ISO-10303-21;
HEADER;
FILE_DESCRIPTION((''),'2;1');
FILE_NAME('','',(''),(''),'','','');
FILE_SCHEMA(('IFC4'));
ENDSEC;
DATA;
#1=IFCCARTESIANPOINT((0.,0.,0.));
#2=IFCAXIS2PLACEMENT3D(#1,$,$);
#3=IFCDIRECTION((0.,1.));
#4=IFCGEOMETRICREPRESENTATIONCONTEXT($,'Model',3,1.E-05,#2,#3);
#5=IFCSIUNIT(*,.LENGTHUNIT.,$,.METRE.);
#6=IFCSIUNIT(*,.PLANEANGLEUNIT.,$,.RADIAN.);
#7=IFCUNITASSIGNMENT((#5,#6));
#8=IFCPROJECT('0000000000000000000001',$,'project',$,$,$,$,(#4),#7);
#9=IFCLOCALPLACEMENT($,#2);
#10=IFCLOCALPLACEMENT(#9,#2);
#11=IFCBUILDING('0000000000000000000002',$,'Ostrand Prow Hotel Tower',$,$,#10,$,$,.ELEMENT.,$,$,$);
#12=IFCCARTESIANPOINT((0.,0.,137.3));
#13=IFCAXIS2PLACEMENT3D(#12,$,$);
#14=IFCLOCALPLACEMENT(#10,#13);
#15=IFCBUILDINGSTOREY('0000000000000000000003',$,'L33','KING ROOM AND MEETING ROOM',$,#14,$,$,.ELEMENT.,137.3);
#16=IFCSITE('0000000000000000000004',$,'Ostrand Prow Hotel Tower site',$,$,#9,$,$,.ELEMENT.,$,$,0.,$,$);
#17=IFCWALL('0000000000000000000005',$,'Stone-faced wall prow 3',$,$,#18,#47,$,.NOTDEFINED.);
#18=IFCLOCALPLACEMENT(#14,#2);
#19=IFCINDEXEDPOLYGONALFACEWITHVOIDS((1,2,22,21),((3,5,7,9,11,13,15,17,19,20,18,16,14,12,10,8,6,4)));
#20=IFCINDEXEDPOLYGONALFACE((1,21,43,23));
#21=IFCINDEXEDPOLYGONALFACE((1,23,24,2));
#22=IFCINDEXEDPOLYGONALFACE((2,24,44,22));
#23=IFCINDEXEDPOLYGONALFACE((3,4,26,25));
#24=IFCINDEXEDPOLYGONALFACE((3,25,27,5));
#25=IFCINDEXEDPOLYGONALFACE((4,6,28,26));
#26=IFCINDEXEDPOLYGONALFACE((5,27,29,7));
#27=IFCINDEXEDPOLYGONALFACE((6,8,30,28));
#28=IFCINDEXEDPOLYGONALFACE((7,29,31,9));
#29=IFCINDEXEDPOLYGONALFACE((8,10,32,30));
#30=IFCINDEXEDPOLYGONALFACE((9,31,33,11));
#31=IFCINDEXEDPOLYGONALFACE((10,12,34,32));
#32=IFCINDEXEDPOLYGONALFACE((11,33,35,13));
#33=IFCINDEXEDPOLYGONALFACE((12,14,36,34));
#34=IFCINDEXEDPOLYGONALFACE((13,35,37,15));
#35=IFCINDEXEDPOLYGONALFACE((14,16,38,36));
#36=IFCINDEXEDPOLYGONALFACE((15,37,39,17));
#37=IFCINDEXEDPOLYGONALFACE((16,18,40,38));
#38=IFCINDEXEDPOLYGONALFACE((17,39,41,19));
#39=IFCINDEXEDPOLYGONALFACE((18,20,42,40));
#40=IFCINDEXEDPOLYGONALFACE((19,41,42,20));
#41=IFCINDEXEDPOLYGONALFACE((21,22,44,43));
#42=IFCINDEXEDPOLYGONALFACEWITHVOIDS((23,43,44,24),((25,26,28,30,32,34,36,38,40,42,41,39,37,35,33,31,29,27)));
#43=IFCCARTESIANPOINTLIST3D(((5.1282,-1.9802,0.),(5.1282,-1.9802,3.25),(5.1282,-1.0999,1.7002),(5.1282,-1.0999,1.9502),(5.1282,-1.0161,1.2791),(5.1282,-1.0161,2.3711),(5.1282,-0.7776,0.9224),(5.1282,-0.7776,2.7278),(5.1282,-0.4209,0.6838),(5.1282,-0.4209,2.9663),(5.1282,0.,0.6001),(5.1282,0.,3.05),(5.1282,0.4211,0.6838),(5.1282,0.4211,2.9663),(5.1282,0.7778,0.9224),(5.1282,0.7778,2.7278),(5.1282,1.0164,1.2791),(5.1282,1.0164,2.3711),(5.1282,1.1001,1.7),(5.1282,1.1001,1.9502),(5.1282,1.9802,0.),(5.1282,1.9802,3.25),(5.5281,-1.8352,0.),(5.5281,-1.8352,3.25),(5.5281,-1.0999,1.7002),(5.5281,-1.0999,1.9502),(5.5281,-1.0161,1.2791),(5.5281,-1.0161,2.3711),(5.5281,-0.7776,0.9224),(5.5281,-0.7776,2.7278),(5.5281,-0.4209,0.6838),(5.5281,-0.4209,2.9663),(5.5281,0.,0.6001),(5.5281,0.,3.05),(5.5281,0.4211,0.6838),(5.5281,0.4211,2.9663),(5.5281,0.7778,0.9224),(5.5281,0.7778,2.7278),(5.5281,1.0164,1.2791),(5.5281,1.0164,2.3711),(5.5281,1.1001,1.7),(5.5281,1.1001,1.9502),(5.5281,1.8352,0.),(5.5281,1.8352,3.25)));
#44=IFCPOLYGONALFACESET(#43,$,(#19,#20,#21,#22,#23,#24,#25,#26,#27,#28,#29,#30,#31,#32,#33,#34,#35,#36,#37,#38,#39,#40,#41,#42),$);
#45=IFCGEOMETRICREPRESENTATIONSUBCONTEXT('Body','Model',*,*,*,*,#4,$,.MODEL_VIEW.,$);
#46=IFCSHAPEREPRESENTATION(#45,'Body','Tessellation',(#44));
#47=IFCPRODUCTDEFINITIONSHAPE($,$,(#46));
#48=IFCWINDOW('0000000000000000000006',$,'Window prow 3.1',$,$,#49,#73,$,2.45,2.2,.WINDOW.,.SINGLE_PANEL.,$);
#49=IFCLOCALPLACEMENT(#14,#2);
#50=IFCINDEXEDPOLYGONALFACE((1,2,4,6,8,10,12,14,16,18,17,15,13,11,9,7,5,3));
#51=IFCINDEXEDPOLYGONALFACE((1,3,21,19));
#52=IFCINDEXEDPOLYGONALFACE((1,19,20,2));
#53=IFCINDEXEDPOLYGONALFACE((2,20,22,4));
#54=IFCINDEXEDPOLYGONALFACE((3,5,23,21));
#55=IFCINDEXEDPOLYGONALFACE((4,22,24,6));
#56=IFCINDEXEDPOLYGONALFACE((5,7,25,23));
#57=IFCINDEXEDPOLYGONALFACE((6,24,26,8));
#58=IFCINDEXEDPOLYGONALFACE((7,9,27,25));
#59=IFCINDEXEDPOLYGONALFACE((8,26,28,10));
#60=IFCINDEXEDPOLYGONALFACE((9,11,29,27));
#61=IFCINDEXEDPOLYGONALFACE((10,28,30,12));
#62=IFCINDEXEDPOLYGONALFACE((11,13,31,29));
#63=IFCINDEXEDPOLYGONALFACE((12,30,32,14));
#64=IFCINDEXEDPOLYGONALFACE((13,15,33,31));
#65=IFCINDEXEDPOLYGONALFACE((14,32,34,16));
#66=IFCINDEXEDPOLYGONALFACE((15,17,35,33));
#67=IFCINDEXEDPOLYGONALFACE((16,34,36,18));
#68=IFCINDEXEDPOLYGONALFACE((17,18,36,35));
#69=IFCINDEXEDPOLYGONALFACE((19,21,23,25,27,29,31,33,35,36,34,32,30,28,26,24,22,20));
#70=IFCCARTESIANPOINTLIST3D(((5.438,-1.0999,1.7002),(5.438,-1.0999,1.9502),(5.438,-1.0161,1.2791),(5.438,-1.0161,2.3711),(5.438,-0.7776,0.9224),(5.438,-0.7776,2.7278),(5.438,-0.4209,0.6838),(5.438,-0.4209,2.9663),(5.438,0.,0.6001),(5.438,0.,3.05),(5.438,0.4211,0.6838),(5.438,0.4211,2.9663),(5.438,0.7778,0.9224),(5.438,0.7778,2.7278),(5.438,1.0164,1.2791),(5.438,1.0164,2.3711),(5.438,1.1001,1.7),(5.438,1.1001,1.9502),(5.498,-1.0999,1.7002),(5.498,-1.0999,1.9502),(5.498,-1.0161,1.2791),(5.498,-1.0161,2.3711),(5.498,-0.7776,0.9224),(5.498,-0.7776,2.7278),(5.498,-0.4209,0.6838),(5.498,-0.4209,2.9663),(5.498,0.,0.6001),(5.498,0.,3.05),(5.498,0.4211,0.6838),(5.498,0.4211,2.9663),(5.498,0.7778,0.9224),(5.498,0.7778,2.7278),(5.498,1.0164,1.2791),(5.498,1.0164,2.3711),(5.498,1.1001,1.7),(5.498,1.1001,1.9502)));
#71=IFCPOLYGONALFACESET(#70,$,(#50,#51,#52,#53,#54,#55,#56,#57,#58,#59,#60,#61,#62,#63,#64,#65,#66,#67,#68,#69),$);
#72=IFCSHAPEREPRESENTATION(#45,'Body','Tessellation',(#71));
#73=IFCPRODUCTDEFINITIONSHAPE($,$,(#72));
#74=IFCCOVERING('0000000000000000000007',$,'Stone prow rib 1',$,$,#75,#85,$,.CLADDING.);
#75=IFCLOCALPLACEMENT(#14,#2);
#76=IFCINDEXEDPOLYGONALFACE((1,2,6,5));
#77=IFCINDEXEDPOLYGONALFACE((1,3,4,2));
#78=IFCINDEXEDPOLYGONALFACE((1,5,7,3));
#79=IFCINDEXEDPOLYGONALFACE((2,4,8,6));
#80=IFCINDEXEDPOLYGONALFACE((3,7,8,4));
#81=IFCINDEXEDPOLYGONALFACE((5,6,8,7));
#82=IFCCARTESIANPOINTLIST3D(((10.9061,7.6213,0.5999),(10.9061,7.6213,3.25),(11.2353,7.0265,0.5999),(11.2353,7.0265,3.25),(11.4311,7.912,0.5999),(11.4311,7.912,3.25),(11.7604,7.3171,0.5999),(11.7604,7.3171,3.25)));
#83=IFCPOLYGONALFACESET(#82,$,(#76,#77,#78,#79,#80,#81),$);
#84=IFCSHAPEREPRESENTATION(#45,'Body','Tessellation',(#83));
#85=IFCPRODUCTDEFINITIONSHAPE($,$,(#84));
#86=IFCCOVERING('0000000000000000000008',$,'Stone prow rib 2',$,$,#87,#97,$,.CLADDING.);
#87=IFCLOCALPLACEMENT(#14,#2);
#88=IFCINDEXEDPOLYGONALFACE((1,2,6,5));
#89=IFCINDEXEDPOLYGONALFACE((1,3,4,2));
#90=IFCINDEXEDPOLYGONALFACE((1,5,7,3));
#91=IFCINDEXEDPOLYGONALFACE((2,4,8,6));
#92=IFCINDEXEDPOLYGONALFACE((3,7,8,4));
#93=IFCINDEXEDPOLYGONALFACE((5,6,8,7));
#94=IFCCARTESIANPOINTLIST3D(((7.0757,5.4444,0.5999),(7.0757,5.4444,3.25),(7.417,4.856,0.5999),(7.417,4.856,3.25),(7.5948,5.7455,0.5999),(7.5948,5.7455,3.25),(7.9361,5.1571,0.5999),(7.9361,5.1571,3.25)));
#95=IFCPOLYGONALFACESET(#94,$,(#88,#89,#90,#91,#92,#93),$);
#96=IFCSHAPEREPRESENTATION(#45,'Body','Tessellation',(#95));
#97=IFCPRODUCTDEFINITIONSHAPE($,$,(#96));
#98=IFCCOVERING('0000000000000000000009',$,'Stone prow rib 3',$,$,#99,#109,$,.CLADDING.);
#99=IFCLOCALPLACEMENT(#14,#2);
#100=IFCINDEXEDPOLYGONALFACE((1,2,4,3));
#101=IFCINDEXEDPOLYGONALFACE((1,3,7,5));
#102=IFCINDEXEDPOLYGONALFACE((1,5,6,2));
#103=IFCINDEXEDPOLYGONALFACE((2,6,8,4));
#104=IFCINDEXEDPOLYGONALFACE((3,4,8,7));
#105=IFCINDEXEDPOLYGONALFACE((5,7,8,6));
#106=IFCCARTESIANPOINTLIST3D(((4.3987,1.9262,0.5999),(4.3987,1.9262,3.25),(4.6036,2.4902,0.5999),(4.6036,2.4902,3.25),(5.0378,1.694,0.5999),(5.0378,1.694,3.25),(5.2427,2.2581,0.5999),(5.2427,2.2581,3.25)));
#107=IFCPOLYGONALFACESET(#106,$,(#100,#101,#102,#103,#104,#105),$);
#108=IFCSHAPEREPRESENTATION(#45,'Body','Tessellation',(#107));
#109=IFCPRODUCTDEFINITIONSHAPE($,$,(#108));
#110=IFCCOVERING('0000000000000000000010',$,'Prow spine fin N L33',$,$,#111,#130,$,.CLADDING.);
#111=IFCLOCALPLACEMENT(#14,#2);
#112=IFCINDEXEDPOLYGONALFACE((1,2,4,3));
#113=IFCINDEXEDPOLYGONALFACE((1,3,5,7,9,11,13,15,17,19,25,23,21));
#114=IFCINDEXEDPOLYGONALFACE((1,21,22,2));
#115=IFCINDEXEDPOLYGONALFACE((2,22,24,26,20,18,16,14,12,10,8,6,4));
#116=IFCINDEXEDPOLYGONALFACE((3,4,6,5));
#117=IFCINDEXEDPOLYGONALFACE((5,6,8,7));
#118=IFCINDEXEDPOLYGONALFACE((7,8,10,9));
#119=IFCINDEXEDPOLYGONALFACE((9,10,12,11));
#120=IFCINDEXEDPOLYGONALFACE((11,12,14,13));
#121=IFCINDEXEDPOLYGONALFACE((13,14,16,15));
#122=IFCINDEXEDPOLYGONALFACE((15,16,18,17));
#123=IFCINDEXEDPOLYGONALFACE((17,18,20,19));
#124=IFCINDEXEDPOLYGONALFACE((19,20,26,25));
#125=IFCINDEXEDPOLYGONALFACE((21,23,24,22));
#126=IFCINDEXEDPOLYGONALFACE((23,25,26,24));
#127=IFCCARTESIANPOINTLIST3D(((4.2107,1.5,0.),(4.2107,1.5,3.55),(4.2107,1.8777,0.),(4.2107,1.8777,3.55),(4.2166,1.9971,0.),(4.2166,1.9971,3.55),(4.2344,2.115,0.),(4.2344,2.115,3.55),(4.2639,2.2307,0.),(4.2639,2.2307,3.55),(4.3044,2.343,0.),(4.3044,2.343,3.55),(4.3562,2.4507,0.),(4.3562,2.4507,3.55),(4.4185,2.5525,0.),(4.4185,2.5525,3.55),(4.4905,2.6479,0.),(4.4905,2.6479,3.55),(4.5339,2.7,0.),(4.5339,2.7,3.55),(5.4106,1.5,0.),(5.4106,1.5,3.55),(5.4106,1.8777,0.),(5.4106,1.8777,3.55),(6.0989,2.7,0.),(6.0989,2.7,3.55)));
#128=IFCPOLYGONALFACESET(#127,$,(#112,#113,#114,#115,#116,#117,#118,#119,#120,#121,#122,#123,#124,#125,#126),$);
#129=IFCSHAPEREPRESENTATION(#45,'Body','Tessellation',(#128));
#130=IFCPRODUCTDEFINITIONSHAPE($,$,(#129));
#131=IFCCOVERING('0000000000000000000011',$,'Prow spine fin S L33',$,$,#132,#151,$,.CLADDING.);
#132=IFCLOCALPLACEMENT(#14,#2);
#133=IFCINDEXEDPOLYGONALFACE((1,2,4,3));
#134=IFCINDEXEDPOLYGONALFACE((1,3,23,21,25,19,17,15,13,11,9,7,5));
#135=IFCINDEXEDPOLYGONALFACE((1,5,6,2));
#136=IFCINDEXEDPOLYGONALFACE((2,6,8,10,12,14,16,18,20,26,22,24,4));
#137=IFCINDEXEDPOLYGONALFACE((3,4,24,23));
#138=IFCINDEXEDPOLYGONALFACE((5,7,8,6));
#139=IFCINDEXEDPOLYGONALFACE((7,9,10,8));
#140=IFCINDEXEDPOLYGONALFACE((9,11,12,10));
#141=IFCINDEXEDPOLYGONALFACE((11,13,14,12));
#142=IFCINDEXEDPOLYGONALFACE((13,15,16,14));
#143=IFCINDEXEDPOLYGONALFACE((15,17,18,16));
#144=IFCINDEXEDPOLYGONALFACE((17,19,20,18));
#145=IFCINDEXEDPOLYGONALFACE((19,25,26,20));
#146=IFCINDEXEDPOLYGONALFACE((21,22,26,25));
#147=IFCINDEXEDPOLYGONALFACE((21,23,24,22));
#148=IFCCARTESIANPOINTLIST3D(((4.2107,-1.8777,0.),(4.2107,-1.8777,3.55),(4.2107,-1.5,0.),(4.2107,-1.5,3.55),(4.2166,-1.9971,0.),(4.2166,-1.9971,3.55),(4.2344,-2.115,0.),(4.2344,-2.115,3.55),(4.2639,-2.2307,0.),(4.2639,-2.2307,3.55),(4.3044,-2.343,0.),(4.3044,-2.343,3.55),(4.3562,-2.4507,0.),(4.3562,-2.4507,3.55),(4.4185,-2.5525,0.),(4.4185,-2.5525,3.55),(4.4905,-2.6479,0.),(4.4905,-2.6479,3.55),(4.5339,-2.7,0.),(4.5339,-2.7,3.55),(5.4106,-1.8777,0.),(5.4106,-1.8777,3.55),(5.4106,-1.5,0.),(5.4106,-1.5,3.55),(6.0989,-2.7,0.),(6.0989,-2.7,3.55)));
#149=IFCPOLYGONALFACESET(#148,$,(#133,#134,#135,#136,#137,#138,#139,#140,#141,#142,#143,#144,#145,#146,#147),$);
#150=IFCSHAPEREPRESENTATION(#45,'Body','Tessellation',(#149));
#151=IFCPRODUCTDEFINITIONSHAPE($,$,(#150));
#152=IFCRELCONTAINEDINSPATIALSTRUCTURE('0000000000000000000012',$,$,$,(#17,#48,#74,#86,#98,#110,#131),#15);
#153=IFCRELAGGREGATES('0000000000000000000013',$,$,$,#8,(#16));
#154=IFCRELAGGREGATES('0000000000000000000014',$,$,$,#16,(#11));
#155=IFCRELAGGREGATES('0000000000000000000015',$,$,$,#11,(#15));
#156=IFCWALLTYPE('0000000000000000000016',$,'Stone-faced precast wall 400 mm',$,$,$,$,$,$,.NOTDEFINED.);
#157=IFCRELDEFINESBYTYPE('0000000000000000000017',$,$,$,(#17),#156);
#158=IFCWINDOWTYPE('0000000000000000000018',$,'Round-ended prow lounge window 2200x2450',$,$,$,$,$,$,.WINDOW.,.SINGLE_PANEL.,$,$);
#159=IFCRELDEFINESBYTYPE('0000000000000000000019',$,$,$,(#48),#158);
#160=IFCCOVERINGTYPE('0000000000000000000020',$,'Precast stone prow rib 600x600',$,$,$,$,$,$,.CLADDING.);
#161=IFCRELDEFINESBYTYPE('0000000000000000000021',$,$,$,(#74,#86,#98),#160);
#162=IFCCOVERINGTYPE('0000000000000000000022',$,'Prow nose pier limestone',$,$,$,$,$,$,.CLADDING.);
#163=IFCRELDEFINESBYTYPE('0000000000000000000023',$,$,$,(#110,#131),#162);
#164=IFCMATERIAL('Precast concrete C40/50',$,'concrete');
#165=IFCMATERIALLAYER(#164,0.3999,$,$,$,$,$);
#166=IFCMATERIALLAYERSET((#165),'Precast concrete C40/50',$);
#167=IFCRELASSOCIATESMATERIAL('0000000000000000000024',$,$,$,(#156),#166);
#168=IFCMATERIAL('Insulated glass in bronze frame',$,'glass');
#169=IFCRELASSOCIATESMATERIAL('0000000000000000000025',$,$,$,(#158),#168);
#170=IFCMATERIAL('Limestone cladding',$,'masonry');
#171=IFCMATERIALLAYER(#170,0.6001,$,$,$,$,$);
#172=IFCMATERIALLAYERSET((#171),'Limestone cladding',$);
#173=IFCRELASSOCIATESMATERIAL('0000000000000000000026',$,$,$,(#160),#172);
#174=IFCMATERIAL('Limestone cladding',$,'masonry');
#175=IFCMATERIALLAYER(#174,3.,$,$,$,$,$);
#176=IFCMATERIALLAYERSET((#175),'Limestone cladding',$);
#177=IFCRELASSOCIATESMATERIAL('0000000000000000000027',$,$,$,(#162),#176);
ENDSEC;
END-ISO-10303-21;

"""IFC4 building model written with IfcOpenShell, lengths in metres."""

from ifc_helpers import new_model, si_unit, direction, frame, frame_2d, origin, place, context, subcontext, project, spatial, polyline, rectangle, outline, extrude, material, layer, layer_set, type_object, element, fill, save


model = new_model("IFC4")

# Units and contexts
model_context = context("Model", 3, precision=1e-05, world=origin(), true_north=direction((0.0, 1.0)))
body_context = subcontext(model_context, "Body", "Model", "MODEL_VIEW")
ifc_project = project(units=[si_unit("LENGTHUNIT", "METRE"), si_unit("PLANEANGLEUNIT", "RADIAN")], contexts=[model_context])

# Site, building, storey
site_placement = place(None, origin())
site = spatial("IfcSite", under=ifc_project, at=site_placement, Name="Ostrand Prow Hotel Tower site", CompositionType="ELEMENT", RefElevation=0.0)
building_placement = place(site_placement, origin())
building = spatial("IfcBuilding", under=site, at=building_placement, Name="Ostrand Prow Hotel Tower", CompositionType="ELEMENT")
storey_placement = place(building_placement, frame((0.0, 0.0, 137.3)))
storey = spatial("IfcBuildingStorey", under=building, at=storey_placement, Name="L33", Description="KING ROOM AND MEETING ROOM", CompositionType="ELEMENT", Elevation=137.3)

# Wall, opening, window
ifc_material_1 = material(Name="Precast concrete C40/50", Category="concrete")
ifc_layer_1 = layer(ifc_material_1, 0.3999)
ifc_layer_set_1 = layer_set([ifc_layer_1], Name="Precast concrete C40/50")
wall_type_1 = type_object("IfcWallType", Name="Stone-faced precast wall 400 mm", PredefinedType="NOTDEFINED", material=ifc_layer_set_1)
ifc_material_2 = material(Name="Insulated glass in bronze frame", Category="glass")
window_type = type_object("IfcWindowType", Name="Round-ended prow lounge window 2200x2450", PartitioningType="SINGLE_PANEL", PredefinedType="WINDOW", material=ifc_material_2)
wall_1_placement = place(storey_placement, frame((5.3281, 1.9077, 0.0), z_axis=(0.0, 0.0, 1.0), x_axis=(0.0, -1.0, 0.0)))
wall_1 = element("IfcWall", 1, at=wall_1_placement, inside=storey, type_object=wall_type_1, Name="Stone-faced wall prow 3", PredefinedType="NOTDEFINED", context=body_context, shape_type="SweptSolid", body=[
    extrude(outline(polyline([(-0.0725, -0.2), (3.8879, -0.2), (3.7429, 0.2), (0.0725, 0.2), (-0.0725, -0.2)])), origin(), (0.0, 0.0, 1.0), 3.25),
])
opening_1_placement = place(wall_1_placement, frame((0.8076, 0.0, 0.6001)))
opening_1 = element("IfcOpeningElement", 2, at=opening_1_placement, cuts=wall_1, PredefinedType="OPENING", context=body_context, shape_type="SweptSolid", body=[
    extrude(outline(polyline([(0.0, 1.3501), (0.0837, 1.771), (0.3223, 2.1277), (0.679, 2.3662), (1.1001, 2.45), (1.521, 2.3662), (1.8777, 2.1277), (2.1162, 1.771), (2.2, 1.3501), (2.2, 1.1001), (2.1162, 0.679), (1.8777, 0.3223), (1.521, 0.0837), (1.1001, 0.0), (0.679, 0.0837), (0.3223, 0.3223), (0.0837, 0.679), (0.0, 1.0999), (0.0, 1.3501)])), frame((0.0, 0.21, 0.0), z_axis=(0.0, -1.0, 0.0), x_axis=(1.0, 0.0, 0.0)), (0.0, 0.0, 1.0), 0.4199),
])
window_1_placement = place(opening_1_placement, origin())
window_1 = element("IfcWindow", 3, at=window_1_placement, inside=storey, type_object=window_type, Name="Window prow 3.1", OverallHeight=2.45, OverallWidth=2.2, PartitioningType="SINGLE_PANEL", PredefinedType="WINDOW", context=body_context, shape_type="SweptSolid", body=[
    extrude(outline(polyline([(0.0, 1.3501), (0.0837, 1.771), (0.3223, 2.1277), (0.679, 2.3662), (1.1001, 2.45), (1.521, 2.3662), (1.8777, 2.1277), (2.1162, 1.771), (2.2, 1.3501), (2.2, 1.1001), (2.1162, 0.679), (1.8777, 0.3223), (1.521, 0.0837), (1.1001, 0.0), (0.679, 0.0837), (0.3223, 0.3223), (0.0837, 0.679), (0.0, 1.0999), (0.0, 1.3501)])), frame((0.0, 0.1699, 0.0), z_axis=(0.0, -1.0, 0.0), x_axis=(1.0, 0.0, 0.0)), (0.0, 0.0, 1.0), 0.0601),
])
fill(opening_1, window_1)

# Coverings
ifc_material_3 = material(Name="Limestone cladding", Category="masonry")
ifc_layer_2 = layer(ifc_material_3, 0.6001)
ifc_layer_set_2 = layer_set([ifc_layer_2], Name="Limestone cladding")
covering_type_1 = type_object("IfcCoveringType", Name="Precast stone prow rib 600x600", PredefinedType="CLADDING", material=ifc_layer_set_2)
covering_1_placement = place(storey_placement, frame((11.4978, 7.1719, 0.5999), z_axis=(0.0, 0.0, 1.0), x_axis=(-0.484301, 0.874901, 0.0)))
element("IfcCovering", 4, at=covering_1_placement, inside=storey, type_object=covering_type_1, Name="Stone prow rib 1", PredefinedType="CLADDING", context=body_context, shape_type="SweptSolid", body=[
    extrude(rectangle(XDim=0.6799, YDim=0.6001, at=frame_2d((0.3398, 0.0))), origin(), (0.0, 0.0, 1.0), 2.6501),
])
covering_2_placement = place(storey_placement, frame((7.6765, 5.0066, 0.5999), z_axis=(0.0, 0.0, 1.0), x_axis=(-0.501772, 0.865, 0.0)))
element("IfcCovering", 5, at=covering_2_placement, inside=storey, type_object=covering_type_1, Name="Stone prow rib 2", PredefinedType="CLADDING", context=body_context, shape_type="SweptSolid", body=[
    extrude(rectangle(XDim=0.6802, YDim=0.6001, at=frame_2d((0.3401, 0.0))), origin(), (0.0, 0.0, 1.0), 2.6501),
])
covering_3_placement = place(storey_placement, frame((5.1401, 1.9761, 0.5999), z_axis=(0.0, 0.0, 1.0), x_axis=(-0.939909, 0.341426, 0.0)))
element("IfcCovering", 6, at=covering_3_placement, inside=storey, type_object=covering_type_1, Name="Stone prow rib 3", PredefinedType="CLADDING", context=body_context, shape_type="SweptSolid", body=[
    extrude(rectangle(XDim=0.6799, YDim=0.6001, at=frame_2d((0.3398, 0.0))), origin(), (0.0, 0.0, 1.0), 2.6501),
])
ifc_material_4 = material(Name="Limestone cladding", Category="masonry")
ifc_layer_3 = layer(ifc_material_4, 3.0)
ifc_layer_set_3 = layer_set([ifc_layer_3], Name="Limestone cladding")
covering_type_2 = type_object("IfcCoveringType", Name="Prow nose pier limestone", PredefinedType="CLADDING", material=ifc_layer_set_3)
covering_4_placement = place(storey_placement, origin())
element("IfcCovering", 7, at=covering_4_placement, inside=storey, type_object=covering_type_2, Name="Prow spine fin N L33", PredefinedType="CLADDING", context=body_context, shape_type="SweptSolid", body=[
    extrude(outline(polyline([(4.2107, 1.8777), (4.2107, 1.5), (5.4106, 1.5), (5.4106, 1.8777), (6.0989, 2.7), (4.5339, 2.7), (4.4905, 2.6479), (4.4185, 2.5525), (4.3562, 2.4507), (4.3044, 2.343), (4.2639, 2.2307), (4.2344, 2.115), (4.2166, 1.9971), (4.2107, 1.8777)])), origin(), (0.0, 0.0, 1.0), 3.55),
])
covering_5_placement = place(storey_placement, origin())
element("IfcCovering", 8, at=covering_5_placement, inside=storey, type_object=covering_type_2, Name="Prow spine fin S L33", PredefinedType="CLADDING", context=body_context, shape_type="SweptSolid", body=[
    extrude(outline(polyline([(4.4905, -2.6479), (4.5339, -2.7), (6.0989, -2.7), (5.4106, -1.8777), (5.4106, -1.5), (4.2107, -1.5), (4.2107, -1.8777), (4.2166, -1.9971), (4.2344, -2.115), (4.2639, -2.2307), (4.3044, -2.343), (4.3562, -2.4507), (4.4185, -2.5525), (4.4905, -2.6479)])), origin(), (0.0, 0.0, 1.0), 3.55),
])

save(model, "model.ifc")
